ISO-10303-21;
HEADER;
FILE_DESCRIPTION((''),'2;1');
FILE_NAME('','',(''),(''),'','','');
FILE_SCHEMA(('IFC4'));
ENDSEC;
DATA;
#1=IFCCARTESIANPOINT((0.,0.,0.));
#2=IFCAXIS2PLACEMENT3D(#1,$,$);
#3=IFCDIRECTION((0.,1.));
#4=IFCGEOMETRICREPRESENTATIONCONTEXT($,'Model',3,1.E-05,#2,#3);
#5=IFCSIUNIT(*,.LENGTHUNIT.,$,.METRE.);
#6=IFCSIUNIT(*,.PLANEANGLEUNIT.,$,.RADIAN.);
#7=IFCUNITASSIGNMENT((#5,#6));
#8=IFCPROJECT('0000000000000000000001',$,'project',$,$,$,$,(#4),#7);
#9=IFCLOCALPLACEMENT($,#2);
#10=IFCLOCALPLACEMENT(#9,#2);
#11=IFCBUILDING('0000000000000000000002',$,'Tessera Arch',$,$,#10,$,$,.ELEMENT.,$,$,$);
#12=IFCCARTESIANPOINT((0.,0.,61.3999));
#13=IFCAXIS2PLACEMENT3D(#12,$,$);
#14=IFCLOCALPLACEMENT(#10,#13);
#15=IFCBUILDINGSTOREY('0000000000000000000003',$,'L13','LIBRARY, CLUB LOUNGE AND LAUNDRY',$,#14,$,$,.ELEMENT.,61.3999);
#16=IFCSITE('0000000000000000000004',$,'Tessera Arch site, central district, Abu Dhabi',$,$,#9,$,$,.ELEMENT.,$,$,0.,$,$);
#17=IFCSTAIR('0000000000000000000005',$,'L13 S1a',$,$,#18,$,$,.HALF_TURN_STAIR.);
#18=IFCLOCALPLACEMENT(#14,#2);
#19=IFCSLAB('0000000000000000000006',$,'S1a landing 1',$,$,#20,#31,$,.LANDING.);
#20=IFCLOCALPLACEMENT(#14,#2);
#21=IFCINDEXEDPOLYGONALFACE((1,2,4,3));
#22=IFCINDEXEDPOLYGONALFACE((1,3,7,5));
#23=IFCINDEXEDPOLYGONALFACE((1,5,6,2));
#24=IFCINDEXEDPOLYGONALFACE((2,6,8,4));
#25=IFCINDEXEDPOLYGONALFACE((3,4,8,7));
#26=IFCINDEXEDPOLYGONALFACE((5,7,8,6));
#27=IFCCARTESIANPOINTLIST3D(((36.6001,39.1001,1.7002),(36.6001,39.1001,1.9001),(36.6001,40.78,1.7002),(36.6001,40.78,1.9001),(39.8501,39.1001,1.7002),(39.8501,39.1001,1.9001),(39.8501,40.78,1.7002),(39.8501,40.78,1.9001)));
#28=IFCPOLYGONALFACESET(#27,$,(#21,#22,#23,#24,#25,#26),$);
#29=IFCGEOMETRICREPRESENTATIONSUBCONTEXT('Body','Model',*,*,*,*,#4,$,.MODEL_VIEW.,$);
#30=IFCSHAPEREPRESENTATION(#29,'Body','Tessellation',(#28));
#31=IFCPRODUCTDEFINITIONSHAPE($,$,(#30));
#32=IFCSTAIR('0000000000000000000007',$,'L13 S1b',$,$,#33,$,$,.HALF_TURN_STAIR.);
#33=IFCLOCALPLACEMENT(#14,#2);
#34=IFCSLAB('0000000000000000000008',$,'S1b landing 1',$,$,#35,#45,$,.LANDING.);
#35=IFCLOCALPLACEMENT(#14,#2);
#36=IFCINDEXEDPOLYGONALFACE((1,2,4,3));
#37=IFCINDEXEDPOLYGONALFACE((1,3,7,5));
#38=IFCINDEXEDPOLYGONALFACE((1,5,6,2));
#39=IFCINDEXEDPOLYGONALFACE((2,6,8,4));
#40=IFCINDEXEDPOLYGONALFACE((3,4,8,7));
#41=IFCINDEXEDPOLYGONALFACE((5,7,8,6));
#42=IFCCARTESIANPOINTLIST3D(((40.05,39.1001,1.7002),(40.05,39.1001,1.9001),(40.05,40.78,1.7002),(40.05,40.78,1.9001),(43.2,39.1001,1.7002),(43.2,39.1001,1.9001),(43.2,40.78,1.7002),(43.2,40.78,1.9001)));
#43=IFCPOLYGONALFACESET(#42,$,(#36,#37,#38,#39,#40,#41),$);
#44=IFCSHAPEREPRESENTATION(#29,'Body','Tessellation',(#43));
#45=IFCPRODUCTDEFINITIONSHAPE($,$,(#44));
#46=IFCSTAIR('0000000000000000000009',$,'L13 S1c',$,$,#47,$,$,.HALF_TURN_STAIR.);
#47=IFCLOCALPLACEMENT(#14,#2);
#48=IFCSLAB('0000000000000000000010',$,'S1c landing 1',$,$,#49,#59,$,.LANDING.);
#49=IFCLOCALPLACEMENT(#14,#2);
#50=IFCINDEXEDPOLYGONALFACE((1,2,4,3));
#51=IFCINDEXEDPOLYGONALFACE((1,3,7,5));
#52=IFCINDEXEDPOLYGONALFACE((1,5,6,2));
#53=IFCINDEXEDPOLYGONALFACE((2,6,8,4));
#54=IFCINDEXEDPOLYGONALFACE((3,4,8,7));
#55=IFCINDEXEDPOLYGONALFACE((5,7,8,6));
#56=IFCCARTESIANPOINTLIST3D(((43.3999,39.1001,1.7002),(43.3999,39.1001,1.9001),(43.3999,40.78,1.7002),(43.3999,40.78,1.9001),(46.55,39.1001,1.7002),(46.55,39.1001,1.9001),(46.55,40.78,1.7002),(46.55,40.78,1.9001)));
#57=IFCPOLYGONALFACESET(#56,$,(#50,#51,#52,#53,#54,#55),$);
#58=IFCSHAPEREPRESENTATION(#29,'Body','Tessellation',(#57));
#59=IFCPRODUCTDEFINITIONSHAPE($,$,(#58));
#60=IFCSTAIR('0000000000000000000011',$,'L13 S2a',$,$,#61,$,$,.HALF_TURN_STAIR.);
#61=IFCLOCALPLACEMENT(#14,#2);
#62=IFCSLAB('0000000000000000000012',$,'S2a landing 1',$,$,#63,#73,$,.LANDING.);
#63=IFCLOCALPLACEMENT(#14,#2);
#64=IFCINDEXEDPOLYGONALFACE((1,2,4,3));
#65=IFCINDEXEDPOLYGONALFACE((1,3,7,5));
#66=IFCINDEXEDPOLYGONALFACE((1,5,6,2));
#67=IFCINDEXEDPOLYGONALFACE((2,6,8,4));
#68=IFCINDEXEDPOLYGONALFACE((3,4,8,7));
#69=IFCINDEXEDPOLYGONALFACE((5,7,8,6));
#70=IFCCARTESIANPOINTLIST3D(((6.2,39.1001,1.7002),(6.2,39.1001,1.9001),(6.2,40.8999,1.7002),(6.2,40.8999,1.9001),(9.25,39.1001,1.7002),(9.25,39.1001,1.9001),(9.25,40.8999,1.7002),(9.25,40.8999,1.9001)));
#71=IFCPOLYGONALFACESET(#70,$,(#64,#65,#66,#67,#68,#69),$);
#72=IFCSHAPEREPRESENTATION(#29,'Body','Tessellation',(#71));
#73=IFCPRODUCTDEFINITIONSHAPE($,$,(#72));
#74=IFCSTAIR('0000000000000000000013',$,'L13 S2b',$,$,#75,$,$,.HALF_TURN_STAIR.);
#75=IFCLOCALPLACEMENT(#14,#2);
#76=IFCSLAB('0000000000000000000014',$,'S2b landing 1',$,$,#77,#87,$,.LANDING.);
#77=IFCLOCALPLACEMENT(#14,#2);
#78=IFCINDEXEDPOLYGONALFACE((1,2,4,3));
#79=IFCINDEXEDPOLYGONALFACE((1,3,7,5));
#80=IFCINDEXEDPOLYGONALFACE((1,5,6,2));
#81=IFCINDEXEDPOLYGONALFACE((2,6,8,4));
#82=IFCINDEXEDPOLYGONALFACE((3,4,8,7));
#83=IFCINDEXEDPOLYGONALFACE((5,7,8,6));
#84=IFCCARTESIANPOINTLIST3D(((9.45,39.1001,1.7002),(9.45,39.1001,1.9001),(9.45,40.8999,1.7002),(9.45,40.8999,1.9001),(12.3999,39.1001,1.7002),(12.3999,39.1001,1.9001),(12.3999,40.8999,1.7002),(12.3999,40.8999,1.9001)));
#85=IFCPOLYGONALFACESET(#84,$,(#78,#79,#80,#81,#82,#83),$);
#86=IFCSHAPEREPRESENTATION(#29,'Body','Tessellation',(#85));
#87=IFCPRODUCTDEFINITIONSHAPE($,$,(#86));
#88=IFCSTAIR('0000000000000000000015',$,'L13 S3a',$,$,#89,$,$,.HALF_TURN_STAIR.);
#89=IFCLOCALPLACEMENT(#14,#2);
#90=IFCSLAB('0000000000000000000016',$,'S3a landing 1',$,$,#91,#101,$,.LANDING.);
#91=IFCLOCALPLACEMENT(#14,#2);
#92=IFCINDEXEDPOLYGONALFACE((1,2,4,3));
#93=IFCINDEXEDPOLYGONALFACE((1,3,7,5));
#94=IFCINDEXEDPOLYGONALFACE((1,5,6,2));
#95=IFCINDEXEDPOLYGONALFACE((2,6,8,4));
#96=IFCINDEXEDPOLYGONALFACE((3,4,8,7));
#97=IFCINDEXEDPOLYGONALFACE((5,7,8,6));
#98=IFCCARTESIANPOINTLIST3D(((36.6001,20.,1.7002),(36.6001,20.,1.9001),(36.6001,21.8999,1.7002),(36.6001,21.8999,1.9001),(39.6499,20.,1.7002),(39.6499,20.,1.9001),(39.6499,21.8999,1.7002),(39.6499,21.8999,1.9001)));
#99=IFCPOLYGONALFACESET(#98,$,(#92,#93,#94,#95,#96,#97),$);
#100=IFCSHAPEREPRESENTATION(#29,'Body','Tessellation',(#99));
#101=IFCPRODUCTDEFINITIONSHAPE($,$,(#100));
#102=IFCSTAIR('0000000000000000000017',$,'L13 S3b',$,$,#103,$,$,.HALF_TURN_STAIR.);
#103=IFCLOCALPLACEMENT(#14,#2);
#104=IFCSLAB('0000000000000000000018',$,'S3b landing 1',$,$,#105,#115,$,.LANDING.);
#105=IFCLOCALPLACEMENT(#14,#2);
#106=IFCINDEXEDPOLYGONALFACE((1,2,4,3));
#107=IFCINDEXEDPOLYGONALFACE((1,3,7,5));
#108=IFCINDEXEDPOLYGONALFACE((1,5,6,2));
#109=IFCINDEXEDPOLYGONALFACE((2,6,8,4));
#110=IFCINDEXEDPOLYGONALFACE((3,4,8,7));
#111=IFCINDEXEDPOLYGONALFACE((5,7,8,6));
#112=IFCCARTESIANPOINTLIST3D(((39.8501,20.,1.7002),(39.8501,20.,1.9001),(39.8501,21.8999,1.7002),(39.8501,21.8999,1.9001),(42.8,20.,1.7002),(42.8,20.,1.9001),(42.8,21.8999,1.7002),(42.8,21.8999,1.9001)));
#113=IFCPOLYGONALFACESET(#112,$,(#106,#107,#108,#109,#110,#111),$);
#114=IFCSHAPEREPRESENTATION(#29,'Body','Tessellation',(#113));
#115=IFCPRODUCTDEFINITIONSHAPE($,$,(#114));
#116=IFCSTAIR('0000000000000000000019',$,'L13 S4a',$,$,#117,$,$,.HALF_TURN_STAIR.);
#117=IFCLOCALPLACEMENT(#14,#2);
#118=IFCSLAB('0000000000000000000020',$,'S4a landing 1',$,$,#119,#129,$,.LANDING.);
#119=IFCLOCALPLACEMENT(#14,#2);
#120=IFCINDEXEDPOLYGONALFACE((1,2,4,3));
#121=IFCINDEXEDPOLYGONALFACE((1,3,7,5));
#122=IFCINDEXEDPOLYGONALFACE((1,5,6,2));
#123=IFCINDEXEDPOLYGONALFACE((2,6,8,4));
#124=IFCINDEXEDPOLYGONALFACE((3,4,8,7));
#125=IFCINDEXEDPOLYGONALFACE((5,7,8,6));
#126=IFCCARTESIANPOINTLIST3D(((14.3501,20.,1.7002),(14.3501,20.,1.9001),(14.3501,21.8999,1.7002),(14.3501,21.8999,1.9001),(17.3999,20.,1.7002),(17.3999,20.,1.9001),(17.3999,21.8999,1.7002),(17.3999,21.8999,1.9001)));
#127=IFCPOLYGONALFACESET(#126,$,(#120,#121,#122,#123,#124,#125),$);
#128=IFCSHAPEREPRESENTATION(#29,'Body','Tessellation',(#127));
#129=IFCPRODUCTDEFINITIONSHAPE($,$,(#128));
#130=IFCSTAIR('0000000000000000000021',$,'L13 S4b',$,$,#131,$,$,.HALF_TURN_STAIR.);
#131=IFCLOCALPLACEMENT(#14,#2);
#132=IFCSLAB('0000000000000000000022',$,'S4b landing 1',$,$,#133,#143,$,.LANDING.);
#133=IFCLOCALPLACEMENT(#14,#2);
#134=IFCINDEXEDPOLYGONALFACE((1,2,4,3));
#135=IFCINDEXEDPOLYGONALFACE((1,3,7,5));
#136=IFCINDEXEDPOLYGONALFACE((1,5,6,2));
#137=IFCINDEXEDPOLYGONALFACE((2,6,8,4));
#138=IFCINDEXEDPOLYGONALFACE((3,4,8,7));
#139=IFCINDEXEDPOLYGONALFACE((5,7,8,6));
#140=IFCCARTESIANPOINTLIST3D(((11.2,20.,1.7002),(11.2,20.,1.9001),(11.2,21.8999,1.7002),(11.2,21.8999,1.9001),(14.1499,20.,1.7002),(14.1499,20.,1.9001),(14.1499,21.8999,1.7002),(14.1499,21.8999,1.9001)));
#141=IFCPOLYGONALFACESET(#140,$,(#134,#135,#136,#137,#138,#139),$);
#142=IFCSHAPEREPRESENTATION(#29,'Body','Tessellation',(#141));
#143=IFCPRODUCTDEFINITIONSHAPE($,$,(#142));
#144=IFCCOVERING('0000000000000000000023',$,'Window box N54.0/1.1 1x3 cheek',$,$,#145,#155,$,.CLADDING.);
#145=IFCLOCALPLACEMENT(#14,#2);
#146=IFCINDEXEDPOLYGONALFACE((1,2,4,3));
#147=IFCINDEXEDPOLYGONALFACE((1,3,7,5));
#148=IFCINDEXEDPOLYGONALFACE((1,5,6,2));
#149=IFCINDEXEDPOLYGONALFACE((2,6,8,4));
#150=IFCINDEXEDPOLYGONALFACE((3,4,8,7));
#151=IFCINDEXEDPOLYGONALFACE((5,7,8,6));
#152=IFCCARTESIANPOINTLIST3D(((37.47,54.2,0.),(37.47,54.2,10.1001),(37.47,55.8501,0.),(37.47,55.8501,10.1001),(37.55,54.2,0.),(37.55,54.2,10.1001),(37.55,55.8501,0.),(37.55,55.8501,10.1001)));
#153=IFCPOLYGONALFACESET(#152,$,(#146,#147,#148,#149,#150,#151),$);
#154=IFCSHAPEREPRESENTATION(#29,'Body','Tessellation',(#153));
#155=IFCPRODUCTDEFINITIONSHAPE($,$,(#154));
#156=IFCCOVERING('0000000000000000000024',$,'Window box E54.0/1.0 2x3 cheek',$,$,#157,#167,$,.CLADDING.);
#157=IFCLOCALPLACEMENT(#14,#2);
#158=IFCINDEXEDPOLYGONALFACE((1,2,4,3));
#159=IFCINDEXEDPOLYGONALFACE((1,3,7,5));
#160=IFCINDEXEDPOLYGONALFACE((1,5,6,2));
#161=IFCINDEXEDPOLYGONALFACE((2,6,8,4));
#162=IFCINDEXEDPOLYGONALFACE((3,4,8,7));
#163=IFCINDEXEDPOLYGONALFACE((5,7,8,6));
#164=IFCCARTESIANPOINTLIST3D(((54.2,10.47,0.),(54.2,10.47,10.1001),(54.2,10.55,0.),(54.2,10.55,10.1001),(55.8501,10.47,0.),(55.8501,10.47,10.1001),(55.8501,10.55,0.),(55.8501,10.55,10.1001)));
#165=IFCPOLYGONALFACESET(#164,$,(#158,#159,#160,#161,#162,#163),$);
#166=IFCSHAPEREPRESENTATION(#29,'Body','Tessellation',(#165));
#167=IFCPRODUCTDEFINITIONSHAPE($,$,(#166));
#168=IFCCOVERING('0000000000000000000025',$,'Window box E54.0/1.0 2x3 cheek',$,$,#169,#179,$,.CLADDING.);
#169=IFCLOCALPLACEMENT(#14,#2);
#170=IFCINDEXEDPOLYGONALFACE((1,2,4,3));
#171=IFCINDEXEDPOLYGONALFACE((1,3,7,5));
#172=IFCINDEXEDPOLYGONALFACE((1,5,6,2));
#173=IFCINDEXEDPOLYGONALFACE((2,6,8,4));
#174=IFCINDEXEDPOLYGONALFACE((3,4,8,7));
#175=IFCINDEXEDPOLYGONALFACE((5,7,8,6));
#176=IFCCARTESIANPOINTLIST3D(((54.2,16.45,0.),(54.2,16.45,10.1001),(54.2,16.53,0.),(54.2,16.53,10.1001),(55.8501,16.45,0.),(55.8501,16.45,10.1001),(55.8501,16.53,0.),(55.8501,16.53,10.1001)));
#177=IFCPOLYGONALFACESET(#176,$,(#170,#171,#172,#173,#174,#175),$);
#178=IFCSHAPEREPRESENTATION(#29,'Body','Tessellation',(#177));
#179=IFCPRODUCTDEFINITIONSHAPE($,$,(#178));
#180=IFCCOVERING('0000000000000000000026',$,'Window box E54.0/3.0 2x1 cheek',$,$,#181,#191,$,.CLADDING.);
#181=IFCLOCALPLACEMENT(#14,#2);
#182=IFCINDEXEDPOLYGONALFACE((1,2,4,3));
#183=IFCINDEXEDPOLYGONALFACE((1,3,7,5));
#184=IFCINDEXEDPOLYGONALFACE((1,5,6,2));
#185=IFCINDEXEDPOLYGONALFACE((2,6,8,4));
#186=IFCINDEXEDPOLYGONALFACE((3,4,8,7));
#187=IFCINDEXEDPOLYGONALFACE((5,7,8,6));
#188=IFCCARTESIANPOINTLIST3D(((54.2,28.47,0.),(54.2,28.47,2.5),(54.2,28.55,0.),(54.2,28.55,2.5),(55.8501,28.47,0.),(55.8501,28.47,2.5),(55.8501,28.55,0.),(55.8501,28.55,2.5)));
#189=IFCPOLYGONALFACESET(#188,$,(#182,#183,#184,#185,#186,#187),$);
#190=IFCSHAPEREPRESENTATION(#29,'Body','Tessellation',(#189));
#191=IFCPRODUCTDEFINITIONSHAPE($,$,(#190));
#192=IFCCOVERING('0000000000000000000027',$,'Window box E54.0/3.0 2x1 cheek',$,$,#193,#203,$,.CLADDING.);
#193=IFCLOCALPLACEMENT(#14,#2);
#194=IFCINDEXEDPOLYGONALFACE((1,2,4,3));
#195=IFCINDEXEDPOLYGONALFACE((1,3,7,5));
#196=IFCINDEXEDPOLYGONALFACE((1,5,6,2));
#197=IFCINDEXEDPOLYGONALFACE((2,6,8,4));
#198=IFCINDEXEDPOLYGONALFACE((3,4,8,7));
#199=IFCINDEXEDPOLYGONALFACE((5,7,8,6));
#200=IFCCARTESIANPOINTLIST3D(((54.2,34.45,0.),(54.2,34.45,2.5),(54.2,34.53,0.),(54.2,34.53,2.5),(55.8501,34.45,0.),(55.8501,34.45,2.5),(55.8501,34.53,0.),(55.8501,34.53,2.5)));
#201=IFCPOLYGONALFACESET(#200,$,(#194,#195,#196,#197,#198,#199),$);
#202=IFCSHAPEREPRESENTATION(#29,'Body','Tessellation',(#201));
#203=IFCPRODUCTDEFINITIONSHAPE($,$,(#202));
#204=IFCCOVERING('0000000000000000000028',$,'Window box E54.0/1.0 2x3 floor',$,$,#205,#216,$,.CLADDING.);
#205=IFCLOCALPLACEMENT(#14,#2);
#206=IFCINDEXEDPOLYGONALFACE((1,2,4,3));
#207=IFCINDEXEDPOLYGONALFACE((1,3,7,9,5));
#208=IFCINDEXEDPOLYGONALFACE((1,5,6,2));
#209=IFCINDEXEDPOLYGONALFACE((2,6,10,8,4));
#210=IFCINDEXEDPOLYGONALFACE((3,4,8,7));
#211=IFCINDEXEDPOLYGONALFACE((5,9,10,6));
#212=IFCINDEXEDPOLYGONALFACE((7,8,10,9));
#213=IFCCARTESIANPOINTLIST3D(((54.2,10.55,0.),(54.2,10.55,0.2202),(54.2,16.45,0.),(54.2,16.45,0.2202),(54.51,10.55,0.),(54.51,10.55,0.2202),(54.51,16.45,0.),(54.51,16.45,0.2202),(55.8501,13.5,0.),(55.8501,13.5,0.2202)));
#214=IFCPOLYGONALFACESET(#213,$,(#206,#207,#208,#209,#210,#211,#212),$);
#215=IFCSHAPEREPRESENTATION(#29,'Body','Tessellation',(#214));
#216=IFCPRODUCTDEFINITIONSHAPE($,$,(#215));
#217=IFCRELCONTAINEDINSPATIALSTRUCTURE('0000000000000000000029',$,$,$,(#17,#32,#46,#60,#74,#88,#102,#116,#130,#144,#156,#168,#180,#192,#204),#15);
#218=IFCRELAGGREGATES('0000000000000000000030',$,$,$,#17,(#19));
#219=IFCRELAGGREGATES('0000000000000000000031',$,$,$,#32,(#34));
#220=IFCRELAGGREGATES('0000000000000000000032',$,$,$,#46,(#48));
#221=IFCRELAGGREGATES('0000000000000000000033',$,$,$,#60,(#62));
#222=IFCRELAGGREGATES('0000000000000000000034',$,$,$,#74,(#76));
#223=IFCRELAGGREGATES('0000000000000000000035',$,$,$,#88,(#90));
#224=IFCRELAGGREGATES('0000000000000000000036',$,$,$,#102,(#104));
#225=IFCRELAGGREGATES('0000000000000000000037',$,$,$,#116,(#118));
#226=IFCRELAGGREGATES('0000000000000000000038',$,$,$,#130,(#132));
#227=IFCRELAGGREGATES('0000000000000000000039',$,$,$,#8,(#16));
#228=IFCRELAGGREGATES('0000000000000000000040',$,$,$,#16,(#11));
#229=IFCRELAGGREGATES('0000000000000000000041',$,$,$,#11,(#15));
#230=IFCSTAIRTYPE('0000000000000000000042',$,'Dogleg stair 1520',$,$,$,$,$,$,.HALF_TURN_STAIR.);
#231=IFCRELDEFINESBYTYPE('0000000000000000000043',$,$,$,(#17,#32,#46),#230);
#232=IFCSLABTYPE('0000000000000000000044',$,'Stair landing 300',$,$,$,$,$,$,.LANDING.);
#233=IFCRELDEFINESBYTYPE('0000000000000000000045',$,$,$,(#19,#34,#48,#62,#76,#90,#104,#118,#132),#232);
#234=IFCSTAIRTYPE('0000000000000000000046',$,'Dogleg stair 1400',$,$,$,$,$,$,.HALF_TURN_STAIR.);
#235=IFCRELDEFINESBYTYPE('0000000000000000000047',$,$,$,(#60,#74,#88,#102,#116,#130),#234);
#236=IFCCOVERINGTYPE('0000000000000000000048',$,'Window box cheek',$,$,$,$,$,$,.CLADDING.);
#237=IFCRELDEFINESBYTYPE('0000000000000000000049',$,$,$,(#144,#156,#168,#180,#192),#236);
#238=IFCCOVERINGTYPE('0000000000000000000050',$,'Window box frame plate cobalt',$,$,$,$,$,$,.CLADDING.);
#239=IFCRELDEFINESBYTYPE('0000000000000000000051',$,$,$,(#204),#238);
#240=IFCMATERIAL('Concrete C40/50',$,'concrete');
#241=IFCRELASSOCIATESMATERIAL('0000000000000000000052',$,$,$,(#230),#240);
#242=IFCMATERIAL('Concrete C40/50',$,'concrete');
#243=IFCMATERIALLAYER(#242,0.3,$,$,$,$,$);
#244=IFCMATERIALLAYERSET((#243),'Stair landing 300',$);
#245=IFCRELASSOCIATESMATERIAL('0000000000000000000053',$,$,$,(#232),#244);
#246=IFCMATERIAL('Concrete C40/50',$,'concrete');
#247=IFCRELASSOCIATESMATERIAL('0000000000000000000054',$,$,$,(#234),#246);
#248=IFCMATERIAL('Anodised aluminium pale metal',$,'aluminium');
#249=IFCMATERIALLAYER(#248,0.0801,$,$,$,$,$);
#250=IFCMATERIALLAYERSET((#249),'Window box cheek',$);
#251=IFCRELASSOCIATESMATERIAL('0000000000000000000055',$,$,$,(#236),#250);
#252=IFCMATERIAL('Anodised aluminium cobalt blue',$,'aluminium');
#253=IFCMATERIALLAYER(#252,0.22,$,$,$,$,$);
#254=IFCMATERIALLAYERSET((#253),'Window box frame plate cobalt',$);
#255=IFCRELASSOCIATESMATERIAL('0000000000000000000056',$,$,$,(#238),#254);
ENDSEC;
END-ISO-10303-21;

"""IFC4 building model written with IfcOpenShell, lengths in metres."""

from ifc_helpers import new_model, si_unit, direction, frame, origin, place, context, subcontext, project, spatial, polyline, outline, extrude, material, layer, layer_set, type_object, element, aggregate, save


model = new_model("IFC4")

# Units and contexts
model_context = context("Model", 3, precision=1e-05, world=origin(), true_north=direction((0.0, 1.0)))
body_context = subcontext(model_context, "Body", "Model", "MODEL_VIEW")
ifc_project = project(units=[si_unit("LENGTHUNIT", "METRE"), si_unit("PLANEANGLEUNIT", "RADIAN")], contexts=[model_context])

# Site, building, storey
site_placement = place(None, origin())
site = spatial("IfcSite", under=ifc_project, at=site_placement, Name="Tessera Arch site, central district, Abu Dhabi", CompositionType="ELEMENT", RefElevation=0.0)
building_placement = place(site_placement, origin())
building = spatial("IfcBuilding", under=site, at=building_placement, Name="Tessera Arch", CompositionType="ELEMENT")
storey_placement = place(building_placement, frame((0.0, 0.0, 61.3999)))
storey = spatial("IfcBuildingStorey", under=building, at=storey_placement, Name="L13", Description="LIBRARY, CLUB LOUNGE AND LAUNDRY", CompositionType="ELEMENT", Elevation=61.3999)

# Stairs, slabs
ifc_material_1 = material(Name="Concrete C40/50", Category="concrete")
stair_type_1 = type_object("IfcStairType", Name="Dogleg stair 1520", PredefinedType="HALF_TURN_STAIR", material=ifc_material_1)
stair_1_placement = place(storey_placement, origin())
stair_1 = element("IfcStair", 1, at=stair_1_placement, inside=storey, type_object=stair_type_1, Name="L13 S1a", PredefinedType="HALF_TURN_STAIR")
ifc_material_2 = material(Name="Concrete C40/50", Category="concrete")
ifc_layer_1 = layer(ifc_material_2, 0.3)
ifc_layer_set_1 = layer_set([ifc_layer_1], Name="Stair landing 300")
slab_type = type_object("IfcSlabType", Name="Stair landing 300", PredefinedType="LANDING", material=ifc_layer_set_1)
slab_1_placement = place(storey_placement, frame((0.0, 0.0, 1.7002)))
slab_1 = element("IfcSlab", 2, at=slab_1_placement, type_object=slab_type, Name="S1a landing 1", PredefinedType="LANDING", context=body_context, shape_type="SweptSolid", body=[
    extrude(outline(polyline([(36.6001, 40.78), (36.6001, 39.1001), (39.8501, 39.1001), (39.8501, 40.78), (36.6001, 40.78)])), origin(), (0.0, 0.0, 1.0), 0.2),
])
aggregate(stair_1, [slab_1])
stair_2_placement = place(storey_placement, origin())
stair_2 = element("IfcStair", 3, at=stair_2_placement, inside=storey, type_object=stair_type_1, Name="L13 S1b", PredefinedType="HALF_TURN_STAIR")
slab_2_placement = place(storey_placement, frame((0.0, 0.0, 1.7002)))
slab_2 = element("IfcSlab", 4, at=slab_2_placement, type_object=slab_type, Name="S1b landing 1", PredefinedType="LANDING", context=body_context, shape_type="SweptSolid", body=[
    extrude(outline(polyline([(40.05, 40.78), (40.05, 39.1001), (43.2, 39.1001), (43.2, 40.78), (40.05, 40.78)])), origin(), (0.0, 0.0, 1.0), 0.2),
])
aggregate(stair_2, [slab_2])
stair_3_placement = place(storey_placement, origin())
stair_3 = element("IfcStair", 5, at=stair_3_placement, inside=storey, type_object=stair_type_1, Name="L13 S1c", PredefinedType="HALF_TURN_STAIR")
slab_3_placement = place(storey_placement, frame((0.0, 0.0, 1.7002)))
slab_3 = element("IfcSlab", 6, at=slab_3_placement, type_object=slab_type, Name="S1c landing 1", PredefinedType="LANDING", context=body_context, shape_type="SweptSolid", body=[
    extrude(outline(polyline([(43.3999, 40.78), (43.3999, 39.1001), (46.55, 39.1001), (46.55, 40.78), (43.3999, 40.78)])), origin(), (0.0, 0.0, 1.0), 0.2),
])
aggregate(stair_3, [slab_3])
ifc_material_3 = material(Name="Concrete C40/50", Category="concrete")
stair_type_2 = type_object("IfcStairType", Name="Dogleg stair 1400", PredefinedType="HALF_TURN_STAIR", material=ifc_material_3)
stair_4_placement = place(storey_placement, origin())
stair_4 = element("IfcStair", 7, at=stair_4_placement, inside=storey, type_object=stair_type_2, Name="L13 S2a", PredefinedType="HALF_TURN_STAIR")
slab_4_placement = place(storey_placement, frame((0.0, 0.0, 1.7002)))
slab_4 = element("IfcSlab", 8, at=slab_4_placement, type_object=slab_type, Name="S2a landing 1", PredefinedType="LANDING", context=body_context, shape_type="SweptSolid", body=[
    extrude(outline(polyline([(6.2, 40.8999), (6.2, 39.1001), (9.25, 39.1001), (9.25, 40.8999), (6.2, 40.8999)])), origin(), (0.0, 0.0, 1.0), 0.2),
])
aggregate(stair_4, [slab_4])
stair_5_placement = place(storey_placement, origin())
stair_5 = element("IfcStair", 9, at=stair_5_placement, inside=storey, type_object=stair_type_2, Name="L13 S2b", PredefinedType="HALF_TURN_STAIR")
slab_5_placement = place(storey_placement, frame((0.0, 0.0, 1.7002)))
slab_5 = element("IfcSlab", 10, at=slab_5_placement, type_object=slab_type, Name="S2b landing 1", PredefinedType="LANDING", context=body_context, shape_type="SweptSolid", body=[
    extrude(outline(polyline([(9.45, 40.8999), (9.45, 39.1001), (12.3999, 39.1001), (12.3999, 40.8999), (9.45, 40.8999)])), origin(), (0.0, 0.0, 1.0), 0.2),
])
aggregate(stair_5, [slab_5])
stair_6_placement = place(storey_placement, origin())
stair_6 = element("IfcStair", 11, at=stair_6_placement, inside=storey, type_object=stair_type_2, Name="L13 S3a", PredefinedType="HALF_TURN_STAIR")
slab_6_placement = place(storey_placement, frame((0.0, 0.0, 1.7002)))
slab_6 = element("IfcSlab", 12, at=slab_6_placement, type_object=slab_type, Name="S3a landing 1", PredefinedType="LANDING", context=body_context, shape_type="SweptSolid", body=[
    extrude(outline(polyline([(39.6499, 20.0), (39.6499, 21.8999), (36.6001, 21.8999), (36.6001, 20.0), (39.6499, 20.0)])), origin(), (0.0, 0.0, 1.0), 0.2),
])
aggregate(stair_6, [slab_6])
stair_7_placement = place(storey_placement, origin())
stair_7 = element("IfcStair", 13, at=stair_7_placement, inside=storey, type_object=stair_type_2, Name="L13 S3b", PredefinedType="HALF_TURN_STAIR")
slab_7_placement = place(storey_placement, frame((0.0, 0.0, 1.7002)))
slab_7 = element("IfcSlab", 14, at=slab_7_placement, type_object=slab_type, Name="S3b landing 1", PredefinedType="LANDING", context=body_context, shape_type="SweptSolid", body=[
    extrude(outline(polyline([(42.8, 20.0), (42.8, 21.8999), (39.8501, 21.8999), (39.8501, 20.0), (42.8, 20.0)])), origin(), (0.0, 0.0, 1.0), 0.2),
])
aggregate(stair_7, [slab_7])
stair_8_placement = place(storey_placement, origin())
stair_8 = element("IfcStair", 15, at=stair_8_placement, inside=storey, type_object=stair_type_2, Name="L13 S4a", PredefinedType="HALF_TURN_STAIR")
slab_8_placement = place(storey_placement, frame((0.0, 0.0, 1.7002)))
slab_8 = element("IfcSlab", 16, at=slab_8_placement, type_object=slab_type, Name="S4a landing 1", PredefinedType="LANDING", context=body_context, shape_type="SweptSolid", body=[
    extrude(outline(polyline([(17.3999, 20.0), (17.3999, 21.8999), (14.3501, 21.8999), (14.3501, 20.0), (17.3999, 20.0)])), origin(), (0.0, 0.0, 1.0), 0.2),
])
aggregate(stair_8, [slab_8])
stair_9_placement = place(storey_placement, origin())
stair_9 = element("IfcStair", 17, at=stair_9_placement, inside=storey, type_object=stair_type_2, Name="L13 S4b", PredefinedType="HALF_TURN_STAIR")
slab_9_placement = place(storey_placement, frame((0.0, 0.0, 1.7002)))
slab_9 = element("IfcSlab", 18, at=slab_9_placement, type_object=slab_type, Name="S4b landing 1", PredefinedType="LANDING", context=body_context, shape_type="SweptSolid", body=[
    extrude(outline(polyline([(14.1499, 20.0), (14.1499, 21.8999), (11.2, 21.8999), (11.2, 20.0), (14.1499, 20.0)])), origin(), (0.0, 0.0, 1.0), 0.2),
])
aggregate(stair_9, [slab_9])

# Coverings
ifc_material_4 = material(Name="Anodised aluminium pale metal", Category="aluminium")
ifc_layer_2 = layer(ifc_material_4, 0.0801)
ifc_layer_set_2 = layer_set([ifc_layer_2], Name="Window box cheek")
covering_type_1 = type_object("IfcCoveringType", Name="Window box cheek", PredefinedType="CLADDING", material=ifc_layer_set_2)
covering_1_placement = place(storey_placement, origin())
element("IfcCovering", 19, at=covering_1_placement, inside=storey, type_object=covering_type_1, Name="Window box N54.0/1.1 1x3 cheek", PredefinedType="CLADDING", context=body_context, shape_type="SweptSolid", body=[
    extrude(outline(polyline([(37.55, 55.8501), (37.47, 55.8501), (37.47, 54.2), (37.55, 54.2), (37.55, 55.8501)])), origin(), (0.0, 0.0, 1.0), 10.1001),
])
covering_2_placement = place(storey_placement, origin())
element("IfcCovering", 20, at=covering_2_placement, inside=storey, type_object=covering_type_1, Name="Window box E54.0/1.0 2x3 cheek", PredefinedType="CLADDING", context=body_context, shape_type="SweptSolid", body=[
    extrude(outline(polyline([(55.8501, 10.47), (55.8501, 10.55), (54.2, 10.55), (54.2, 10.47), (55.8501, 10.47)])), origin(), (0.0, 0.0, 1.0), 10.1001),
])
covering_3_placement = place(storey_placement, origin())
element("IfcCovering", 21, at=covering_3_placement, inside=storey, type_object=covering_type_1, Name="Window box E54.0/1.0 2x3 cheek", PredefinedType="CLADDING", context=body_context, shape_type="SweptSolid", body=[
    extrude(outline(polyline([(55.8501, 16.45), (55.8501, 16.53), (54.2, 16.53), (54.2, 16.45), (55.8501, 16.45)])), origin(), (0.0, 0.0, 1.0), 10.1001),
])
covering_4_placement = place(storey_placement, origin())
element("IfcCovering", 22, at=covering_4_placement, inside=storey, type_object=covering_type_1, Name="Window box E54.0/3.0 2x1 cheek", PredefinedType="CLADDING", context=body_context, shape_type="SweptSolid", body=[
    extrude(outline(polyline([(55.8501, 28.47), (55.8501, 28.55), (54.2, 28.55), (54.2, 28.47), (55.8501, 28.47)])), origin(), (0.0, 0.0, 1.0), 2.5),
])
covering_5_placement = place(storey_placement, origin())
element("IfcCovering", 23, at=covering_5_placement, inside=storey, type_object=covering_type_1, Name="Window box E54.0/3.0 2x1 cheek", PredefinedType="CLADDING", context=body_context, shape_type="SweptSolid", body=[
    extrude(outline(polyline([(55.8501, 34.45), (55.8501, 34.53), (54.2, 34.53), (54.2, 34.45), (55.8501, 34.45)])), origin(), (0.0, 0.0, 1.0), 2.5),
])
ifc_material_5 = material(Name="Anodised aluminium cobalt blue", Category="aluminium")
ifc_layer_3 = layer(ifc_material_5, 0.22)
ifc_layer_set_3 = layer_set([ifc_layer_3], Name="Window box frame plate cobalt")
covering_type_2 = type_object("IfcCoveringType", Name="Window box frame plate cobalt", PredefinedType="CLADDING", material=ifc_layer_set_3)
covering_6_placement = place(storey_placement, origin())
element("IfcCovering", 24, at=covering_6_placement, inside=storey, type_object=covering_type_2, Name="Window box E54.0/1.0 2x3 floor", PredefinedType="CLADDING", context=body_context, shape_type="SweptSolid", body=[
    extrude(outline(polyline([(54.51, 10.55), (55.8501, 13.5), (54.51, 16.45), (54.2, 16.45), (54.2, 10.55), (54.51, 10.55)])), origin(), (0.0, 0.0, 1.0), 0.2202),
])

save(model, "model.ifc")
